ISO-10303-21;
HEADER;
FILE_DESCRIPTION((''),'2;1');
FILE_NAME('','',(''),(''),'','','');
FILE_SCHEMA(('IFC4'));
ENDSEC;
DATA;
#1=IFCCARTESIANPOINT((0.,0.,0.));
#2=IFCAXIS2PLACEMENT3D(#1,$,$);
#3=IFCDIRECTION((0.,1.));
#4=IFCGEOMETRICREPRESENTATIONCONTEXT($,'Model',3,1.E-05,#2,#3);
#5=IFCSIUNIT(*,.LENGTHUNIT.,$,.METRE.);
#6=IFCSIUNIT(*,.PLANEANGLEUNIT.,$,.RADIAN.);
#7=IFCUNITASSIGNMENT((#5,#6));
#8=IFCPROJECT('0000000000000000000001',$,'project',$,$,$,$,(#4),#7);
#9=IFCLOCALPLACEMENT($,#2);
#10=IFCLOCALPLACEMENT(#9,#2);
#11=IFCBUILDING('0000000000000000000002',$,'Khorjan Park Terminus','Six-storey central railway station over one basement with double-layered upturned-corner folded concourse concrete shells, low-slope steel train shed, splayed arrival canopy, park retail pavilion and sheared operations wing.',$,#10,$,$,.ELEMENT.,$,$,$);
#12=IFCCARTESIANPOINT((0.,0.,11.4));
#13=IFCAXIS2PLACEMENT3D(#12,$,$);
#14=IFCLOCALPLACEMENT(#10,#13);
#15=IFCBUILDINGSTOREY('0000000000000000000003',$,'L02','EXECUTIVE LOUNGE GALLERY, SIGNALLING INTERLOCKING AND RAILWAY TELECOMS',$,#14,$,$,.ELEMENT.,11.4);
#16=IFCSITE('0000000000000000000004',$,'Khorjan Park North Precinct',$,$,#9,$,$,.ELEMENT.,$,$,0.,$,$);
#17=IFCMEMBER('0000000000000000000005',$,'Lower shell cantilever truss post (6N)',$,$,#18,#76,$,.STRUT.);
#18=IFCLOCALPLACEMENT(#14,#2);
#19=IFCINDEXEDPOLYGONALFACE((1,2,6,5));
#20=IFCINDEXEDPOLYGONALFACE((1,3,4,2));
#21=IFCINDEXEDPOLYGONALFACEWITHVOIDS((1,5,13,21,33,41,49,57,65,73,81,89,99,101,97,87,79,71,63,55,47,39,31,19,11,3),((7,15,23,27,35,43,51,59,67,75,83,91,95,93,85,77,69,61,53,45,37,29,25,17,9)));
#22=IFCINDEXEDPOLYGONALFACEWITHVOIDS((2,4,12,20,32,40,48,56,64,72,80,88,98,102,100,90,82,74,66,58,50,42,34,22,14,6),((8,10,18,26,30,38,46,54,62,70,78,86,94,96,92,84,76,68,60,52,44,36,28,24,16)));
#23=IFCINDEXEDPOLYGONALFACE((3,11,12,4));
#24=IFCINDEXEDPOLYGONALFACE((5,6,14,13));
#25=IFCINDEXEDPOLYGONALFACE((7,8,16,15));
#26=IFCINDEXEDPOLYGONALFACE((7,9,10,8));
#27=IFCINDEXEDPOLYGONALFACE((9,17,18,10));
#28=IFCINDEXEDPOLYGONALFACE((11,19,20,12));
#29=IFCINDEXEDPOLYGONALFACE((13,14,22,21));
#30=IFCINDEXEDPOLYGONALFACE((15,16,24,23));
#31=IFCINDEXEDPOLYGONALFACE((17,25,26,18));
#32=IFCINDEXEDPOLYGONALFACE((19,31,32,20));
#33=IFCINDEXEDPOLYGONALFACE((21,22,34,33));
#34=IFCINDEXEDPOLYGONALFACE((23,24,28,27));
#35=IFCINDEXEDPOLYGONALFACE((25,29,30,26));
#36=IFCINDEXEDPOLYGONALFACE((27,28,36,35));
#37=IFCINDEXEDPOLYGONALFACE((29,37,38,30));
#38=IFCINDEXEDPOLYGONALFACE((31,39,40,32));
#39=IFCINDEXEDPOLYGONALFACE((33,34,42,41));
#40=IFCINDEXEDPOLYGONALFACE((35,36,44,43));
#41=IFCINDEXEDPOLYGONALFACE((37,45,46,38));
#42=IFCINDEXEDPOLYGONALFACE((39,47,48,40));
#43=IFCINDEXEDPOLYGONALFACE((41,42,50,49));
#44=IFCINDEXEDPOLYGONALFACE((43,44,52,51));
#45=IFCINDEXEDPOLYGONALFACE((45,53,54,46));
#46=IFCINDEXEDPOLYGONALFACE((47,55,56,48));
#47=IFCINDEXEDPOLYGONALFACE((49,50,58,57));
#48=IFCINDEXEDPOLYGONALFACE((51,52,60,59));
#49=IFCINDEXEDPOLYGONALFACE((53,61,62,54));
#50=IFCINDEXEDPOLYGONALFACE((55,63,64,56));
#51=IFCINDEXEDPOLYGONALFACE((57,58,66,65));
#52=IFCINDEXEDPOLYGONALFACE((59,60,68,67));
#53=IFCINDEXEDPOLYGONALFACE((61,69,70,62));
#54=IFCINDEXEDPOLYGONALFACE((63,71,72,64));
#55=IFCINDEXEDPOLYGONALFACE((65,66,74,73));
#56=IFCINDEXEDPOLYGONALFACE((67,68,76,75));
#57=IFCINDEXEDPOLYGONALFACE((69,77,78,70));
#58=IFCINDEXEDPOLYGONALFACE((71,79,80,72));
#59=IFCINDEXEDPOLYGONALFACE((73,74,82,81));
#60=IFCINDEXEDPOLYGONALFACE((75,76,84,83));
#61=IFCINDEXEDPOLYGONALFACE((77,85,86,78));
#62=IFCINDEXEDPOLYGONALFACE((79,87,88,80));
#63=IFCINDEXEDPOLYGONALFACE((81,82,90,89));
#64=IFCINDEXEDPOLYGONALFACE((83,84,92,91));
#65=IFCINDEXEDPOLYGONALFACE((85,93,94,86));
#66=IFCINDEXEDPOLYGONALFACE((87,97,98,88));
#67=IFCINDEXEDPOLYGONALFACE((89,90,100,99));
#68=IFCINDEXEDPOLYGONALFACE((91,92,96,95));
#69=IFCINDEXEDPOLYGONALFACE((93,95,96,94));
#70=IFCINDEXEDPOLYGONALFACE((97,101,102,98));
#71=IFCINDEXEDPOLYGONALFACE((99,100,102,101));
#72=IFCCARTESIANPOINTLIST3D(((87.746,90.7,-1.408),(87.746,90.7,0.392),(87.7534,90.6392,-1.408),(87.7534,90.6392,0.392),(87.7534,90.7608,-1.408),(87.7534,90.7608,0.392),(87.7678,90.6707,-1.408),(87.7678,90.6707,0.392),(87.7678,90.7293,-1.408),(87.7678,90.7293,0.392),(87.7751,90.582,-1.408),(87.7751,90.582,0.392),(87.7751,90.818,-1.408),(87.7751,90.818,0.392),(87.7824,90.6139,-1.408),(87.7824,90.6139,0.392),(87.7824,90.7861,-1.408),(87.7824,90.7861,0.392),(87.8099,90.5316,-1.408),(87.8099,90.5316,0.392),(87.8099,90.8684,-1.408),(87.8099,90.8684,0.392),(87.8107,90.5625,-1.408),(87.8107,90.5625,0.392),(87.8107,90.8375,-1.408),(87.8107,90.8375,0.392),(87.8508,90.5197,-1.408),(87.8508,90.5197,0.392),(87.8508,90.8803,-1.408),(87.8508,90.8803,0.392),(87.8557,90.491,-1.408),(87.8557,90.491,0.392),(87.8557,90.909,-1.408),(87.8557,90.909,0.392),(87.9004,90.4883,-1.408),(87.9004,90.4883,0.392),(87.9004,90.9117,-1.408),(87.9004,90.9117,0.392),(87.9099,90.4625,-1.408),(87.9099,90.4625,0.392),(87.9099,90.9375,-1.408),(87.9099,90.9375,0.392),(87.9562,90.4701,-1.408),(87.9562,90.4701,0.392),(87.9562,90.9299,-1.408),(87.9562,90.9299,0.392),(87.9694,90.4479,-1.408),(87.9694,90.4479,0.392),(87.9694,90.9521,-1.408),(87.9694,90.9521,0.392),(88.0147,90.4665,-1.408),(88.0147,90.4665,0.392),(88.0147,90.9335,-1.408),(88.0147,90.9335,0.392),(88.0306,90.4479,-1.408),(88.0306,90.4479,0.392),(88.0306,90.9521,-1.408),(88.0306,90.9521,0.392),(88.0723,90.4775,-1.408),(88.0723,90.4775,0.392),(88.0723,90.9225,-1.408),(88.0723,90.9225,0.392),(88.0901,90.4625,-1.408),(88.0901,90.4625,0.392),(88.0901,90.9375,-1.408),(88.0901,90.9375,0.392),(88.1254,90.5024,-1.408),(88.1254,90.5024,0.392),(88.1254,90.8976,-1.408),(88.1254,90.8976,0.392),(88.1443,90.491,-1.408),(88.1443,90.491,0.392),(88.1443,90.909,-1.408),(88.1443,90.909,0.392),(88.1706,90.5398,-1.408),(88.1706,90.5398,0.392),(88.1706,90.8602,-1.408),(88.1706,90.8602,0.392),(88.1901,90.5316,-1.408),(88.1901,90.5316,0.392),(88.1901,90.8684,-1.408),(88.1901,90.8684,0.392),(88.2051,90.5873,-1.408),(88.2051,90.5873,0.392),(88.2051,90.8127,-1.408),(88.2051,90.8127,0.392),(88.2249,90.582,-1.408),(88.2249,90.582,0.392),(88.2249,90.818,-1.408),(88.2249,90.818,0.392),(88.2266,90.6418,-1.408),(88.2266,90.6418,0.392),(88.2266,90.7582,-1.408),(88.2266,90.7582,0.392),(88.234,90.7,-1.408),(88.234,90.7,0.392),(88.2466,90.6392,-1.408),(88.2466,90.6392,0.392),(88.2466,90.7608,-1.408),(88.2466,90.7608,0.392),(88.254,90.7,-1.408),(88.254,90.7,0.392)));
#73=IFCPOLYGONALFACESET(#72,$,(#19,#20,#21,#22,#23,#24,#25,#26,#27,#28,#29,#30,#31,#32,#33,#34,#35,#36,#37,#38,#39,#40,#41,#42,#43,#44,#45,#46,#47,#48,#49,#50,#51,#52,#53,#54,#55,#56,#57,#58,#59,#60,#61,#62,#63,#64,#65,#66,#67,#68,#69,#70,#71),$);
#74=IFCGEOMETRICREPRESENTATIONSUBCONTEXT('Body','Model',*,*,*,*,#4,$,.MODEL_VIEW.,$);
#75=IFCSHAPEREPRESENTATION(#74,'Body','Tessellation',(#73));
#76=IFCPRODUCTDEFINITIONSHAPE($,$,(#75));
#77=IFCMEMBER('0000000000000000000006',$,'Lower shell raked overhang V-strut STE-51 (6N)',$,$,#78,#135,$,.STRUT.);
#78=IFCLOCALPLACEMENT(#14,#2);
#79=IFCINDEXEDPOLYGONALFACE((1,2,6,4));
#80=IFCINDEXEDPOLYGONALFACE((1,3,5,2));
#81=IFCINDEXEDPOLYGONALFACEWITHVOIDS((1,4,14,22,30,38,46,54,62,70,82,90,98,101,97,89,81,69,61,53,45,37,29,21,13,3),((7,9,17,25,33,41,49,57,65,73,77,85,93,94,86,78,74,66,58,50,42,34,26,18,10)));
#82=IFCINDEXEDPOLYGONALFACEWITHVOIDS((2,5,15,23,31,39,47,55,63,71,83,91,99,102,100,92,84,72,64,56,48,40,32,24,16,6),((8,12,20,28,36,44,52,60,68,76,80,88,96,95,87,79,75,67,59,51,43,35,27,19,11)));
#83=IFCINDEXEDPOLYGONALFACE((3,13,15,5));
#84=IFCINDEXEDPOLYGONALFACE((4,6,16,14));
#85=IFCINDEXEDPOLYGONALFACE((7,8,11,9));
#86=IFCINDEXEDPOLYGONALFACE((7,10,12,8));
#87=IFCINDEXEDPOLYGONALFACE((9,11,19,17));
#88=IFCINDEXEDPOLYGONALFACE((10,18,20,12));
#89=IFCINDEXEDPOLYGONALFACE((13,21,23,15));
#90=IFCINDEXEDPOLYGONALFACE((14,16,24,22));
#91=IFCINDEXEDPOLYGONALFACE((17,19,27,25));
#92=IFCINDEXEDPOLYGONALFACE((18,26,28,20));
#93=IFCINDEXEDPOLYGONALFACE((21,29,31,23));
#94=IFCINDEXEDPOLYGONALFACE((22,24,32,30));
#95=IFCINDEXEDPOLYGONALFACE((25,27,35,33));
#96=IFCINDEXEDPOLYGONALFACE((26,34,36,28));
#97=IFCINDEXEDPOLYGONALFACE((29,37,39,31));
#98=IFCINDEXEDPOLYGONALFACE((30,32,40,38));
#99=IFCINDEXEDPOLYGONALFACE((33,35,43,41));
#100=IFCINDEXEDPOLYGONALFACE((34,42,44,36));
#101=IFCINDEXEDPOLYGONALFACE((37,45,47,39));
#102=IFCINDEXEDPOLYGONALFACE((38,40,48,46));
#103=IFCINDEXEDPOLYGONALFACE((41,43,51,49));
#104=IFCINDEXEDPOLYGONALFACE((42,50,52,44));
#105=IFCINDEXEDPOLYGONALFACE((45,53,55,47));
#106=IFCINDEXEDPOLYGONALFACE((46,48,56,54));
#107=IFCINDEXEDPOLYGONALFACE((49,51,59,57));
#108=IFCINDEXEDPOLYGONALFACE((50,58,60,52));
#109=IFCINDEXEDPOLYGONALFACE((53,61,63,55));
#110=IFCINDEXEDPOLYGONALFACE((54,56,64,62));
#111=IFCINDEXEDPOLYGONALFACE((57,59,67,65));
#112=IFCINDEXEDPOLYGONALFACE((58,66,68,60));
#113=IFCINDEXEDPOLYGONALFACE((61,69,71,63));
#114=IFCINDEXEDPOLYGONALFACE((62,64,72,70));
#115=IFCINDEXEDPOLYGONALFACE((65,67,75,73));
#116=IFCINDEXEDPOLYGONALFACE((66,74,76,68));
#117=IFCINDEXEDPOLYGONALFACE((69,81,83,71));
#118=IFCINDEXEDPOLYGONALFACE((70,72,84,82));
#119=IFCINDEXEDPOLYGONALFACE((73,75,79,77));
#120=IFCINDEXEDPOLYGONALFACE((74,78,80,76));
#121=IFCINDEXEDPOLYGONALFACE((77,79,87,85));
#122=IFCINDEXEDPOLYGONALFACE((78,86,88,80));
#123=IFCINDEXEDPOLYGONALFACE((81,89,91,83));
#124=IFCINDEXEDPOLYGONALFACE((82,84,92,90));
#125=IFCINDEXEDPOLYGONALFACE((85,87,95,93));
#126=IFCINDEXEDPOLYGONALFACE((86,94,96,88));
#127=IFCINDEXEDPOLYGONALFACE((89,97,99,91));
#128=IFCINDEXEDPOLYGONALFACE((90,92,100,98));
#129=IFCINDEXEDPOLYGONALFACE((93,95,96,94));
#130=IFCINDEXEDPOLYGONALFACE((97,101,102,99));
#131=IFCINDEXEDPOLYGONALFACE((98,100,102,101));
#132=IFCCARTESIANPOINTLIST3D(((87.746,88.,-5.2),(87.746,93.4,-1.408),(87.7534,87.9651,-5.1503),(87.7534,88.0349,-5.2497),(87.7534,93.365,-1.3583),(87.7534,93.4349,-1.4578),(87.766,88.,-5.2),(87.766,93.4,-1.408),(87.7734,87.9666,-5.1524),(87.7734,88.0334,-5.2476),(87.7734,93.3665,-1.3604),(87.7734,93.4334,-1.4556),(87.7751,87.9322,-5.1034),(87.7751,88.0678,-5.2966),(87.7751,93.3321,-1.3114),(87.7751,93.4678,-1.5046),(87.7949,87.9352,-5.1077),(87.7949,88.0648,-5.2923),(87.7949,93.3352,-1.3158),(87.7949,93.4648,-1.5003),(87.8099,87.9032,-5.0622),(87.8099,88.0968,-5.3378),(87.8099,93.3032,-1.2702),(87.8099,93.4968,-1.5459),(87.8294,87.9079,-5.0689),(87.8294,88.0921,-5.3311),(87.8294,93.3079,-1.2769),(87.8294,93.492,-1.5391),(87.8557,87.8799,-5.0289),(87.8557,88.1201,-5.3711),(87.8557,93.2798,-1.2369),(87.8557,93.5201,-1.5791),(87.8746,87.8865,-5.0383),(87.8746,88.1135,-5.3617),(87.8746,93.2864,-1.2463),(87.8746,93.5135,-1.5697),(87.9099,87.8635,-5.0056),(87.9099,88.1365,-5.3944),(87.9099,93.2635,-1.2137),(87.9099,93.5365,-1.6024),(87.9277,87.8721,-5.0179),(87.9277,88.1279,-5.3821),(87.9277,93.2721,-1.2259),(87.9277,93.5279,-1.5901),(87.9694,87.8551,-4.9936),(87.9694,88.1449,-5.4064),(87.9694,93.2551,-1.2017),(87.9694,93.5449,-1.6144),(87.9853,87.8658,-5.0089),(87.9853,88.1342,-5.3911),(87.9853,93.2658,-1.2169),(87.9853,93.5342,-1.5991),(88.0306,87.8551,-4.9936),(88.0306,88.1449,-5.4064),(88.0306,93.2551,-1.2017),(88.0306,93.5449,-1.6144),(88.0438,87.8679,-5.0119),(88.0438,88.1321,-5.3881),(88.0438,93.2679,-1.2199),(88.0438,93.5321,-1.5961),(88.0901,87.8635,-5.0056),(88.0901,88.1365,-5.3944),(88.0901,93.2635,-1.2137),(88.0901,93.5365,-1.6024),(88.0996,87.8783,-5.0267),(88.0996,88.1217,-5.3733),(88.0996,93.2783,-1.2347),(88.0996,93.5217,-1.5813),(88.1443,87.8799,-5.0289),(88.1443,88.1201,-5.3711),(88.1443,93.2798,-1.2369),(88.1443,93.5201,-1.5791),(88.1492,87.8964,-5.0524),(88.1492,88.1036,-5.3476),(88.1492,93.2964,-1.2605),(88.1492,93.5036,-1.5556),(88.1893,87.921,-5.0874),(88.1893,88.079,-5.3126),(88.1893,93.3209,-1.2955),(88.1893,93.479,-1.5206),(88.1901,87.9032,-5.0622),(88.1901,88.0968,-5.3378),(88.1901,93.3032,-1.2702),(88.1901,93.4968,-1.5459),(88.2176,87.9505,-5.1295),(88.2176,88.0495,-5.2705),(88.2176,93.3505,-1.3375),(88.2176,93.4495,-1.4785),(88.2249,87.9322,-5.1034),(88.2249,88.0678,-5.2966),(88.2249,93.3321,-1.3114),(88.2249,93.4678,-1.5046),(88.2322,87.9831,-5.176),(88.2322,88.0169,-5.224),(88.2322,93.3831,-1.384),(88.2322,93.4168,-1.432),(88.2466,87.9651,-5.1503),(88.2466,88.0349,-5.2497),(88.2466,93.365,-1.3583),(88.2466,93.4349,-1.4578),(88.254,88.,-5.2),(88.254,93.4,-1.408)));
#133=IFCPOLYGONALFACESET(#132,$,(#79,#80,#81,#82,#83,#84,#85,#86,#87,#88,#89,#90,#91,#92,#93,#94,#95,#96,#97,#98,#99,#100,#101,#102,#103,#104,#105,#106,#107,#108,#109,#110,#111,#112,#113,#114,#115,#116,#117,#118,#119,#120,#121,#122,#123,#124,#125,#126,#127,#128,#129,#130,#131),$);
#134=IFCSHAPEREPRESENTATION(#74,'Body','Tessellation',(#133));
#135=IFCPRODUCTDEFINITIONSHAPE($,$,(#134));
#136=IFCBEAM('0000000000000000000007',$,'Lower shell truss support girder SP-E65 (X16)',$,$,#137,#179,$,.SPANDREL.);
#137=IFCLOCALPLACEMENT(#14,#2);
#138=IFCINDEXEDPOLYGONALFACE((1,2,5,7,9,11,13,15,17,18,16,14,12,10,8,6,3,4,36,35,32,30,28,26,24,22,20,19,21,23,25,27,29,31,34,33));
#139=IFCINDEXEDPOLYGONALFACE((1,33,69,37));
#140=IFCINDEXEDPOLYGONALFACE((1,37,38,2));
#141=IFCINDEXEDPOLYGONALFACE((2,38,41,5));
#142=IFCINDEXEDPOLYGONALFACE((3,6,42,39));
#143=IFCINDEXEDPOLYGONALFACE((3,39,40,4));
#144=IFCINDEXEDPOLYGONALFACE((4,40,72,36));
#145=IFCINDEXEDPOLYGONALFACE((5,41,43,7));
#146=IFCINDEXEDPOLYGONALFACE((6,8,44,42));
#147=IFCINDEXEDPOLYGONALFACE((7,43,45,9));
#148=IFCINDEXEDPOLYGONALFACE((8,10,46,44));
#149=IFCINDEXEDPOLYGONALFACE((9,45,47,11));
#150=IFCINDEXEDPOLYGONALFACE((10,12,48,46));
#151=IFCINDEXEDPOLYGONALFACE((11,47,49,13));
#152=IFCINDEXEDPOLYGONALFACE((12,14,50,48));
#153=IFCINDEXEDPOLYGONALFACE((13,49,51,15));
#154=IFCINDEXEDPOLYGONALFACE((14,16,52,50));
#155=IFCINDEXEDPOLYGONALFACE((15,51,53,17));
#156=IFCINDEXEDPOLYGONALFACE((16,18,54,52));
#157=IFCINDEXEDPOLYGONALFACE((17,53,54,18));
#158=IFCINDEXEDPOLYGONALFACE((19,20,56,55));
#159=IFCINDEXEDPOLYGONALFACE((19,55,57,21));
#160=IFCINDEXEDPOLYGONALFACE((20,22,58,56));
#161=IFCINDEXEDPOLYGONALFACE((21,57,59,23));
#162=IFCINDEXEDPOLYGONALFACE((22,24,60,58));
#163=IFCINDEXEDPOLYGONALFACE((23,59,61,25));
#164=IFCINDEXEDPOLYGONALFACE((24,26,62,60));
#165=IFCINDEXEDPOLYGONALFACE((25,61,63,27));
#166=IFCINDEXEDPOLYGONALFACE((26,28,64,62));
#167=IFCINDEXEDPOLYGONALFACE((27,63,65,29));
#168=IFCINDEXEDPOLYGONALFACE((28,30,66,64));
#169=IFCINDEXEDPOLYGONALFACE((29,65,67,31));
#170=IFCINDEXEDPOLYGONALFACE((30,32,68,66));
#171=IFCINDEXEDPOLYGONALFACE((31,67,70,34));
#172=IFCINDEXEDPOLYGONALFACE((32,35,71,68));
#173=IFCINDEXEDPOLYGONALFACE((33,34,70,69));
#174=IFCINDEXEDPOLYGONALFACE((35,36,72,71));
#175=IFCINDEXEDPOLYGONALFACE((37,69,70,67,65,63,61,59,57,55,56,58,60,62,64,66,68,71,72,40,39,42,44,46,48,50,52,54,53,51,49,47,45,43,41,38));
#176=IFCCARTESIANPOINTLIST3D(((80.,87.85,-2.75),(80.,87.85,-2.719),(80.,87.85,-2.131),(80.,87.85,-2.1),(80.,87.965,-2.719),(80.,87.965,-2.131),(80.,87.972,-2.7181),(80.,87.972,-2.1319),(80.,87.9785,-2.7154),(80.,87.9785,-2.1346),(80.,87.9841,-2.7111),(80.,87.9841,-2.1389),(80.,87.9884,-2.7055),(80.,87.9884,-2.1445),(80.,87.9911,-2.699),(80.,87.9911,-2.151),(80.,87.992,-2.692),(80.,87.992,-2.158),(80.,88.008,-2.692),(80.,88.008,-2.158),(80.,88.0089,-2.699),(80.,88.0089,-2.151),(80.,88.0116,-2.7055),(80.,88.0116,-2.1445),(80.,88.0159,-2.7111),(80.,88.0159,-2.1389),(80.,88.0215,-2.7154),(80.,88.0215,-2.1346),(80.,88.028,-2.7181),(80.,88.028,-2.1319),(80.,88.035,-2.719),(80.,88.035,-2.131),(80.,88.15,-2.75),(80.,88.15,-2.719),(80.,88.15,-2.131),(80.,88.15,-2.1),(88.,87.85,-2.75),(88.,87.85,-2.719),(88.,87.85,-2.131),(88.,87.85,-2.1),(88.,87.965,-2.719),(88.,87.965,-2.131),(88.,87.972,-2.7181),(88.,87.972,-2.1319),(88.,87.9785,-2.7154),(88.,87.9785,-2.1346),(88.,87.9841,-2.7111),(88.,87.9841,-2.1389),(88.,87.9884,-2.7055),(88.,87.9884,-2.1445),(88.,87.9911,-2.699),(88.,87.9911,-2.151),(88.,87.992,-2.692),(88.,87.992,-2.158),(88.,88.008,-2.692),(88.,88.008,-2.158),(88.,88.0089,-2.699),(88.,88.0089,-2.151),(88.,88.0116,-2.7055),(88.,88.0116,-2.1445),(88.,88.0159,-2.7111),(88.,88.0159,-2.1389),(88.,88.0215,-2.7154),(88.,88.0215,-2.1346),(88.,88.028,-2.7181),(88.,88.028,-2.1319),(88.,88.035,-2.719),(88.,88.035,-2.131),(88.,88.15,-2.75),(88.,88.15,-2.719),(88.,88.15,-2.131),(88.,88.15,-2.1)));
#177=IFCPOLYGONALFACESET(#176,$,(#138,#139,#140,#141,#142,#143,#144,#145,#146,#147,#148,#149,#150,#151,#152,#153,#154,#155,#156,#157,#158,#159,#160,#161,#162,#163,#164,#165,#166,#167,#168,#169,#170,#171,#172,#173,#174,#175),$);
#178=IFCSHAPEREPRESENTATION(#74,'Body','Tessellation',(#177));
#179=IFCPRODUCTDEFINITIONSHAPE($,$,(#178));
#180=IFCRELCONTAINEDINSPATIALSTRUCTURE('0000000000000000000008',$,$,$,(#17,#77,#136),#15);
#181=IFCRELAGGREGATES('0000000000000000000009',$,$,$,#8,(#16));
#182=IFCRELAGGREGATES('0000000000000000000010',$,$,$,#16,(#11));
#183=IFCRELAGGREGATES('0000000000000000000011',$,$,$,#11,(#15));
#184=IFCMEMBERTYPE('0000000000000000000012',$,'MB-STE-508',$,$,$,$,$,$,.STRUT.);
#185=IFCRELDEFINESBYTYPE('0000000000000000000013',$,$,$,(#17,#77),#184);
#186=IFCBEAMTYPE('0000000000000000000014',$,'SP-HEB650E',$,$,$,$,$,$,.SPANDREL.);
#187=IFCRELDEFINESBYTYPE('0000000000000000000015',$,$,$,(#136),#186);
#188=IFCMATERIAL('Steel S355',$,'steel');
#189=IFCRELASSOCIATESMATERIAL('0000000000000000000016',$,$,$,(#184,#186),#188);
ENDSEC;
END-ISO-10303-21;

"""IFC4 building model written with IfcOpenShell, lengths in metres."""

from ifc_helpers import new_model, si_unit, direction, frame, origin, origin_2d, place, context, subcontext, project, spatial, hollow_circle, i_section, extrude, material, material_profile, profile_set, type_object, element, save


model = new_model("IFC4")

# Units and contexts
model_context = context("Model", 3, precision=1e-05, world=origin(), true_north=direction((0.0, 1.0)))
body_context = subcontext(model_context, "Body", "Model", "MODEL_VIEW")
ifc_project = project(units=[si_unit("LENGTHUNIT", "METRE"), si_unit("PLANEANGLEUNIT", "RADIAN")], contexts=[model_context])

# Site, building, storey
site_placement = place(None, origin())
site = spatial("IfcSite", under=ifc_project, at=site_placement, Name="Khorjan Park North Precinct", CompositionType="ELEMENT", RefElevation=0.0)
building_placement = place(site_placement, origin())
building = spatial("IfcBuilding", under=site, at=building_placement, Name="Khorjan Park Terminus", Description="Six-storey central railway station over one basement with double-layered upturned-corner folded concourse concrete shells, low-slope steel train shed, splayed arrival canopy, park retail pavilion and sheared operations wing.", CompositionType="ELEMENT")
storey_placement = place(building_placement, frame((0.0, 0.0, 11.4)))
storey = spatial("IfcBuildingStorey", under=building, at=storey_placement, Name="L02", Description="EXECUTIVE LOUNGE GALLERY, SIGNALLING INTERLOCKING AND RAILWAY TELECOMS", CompositionType="ELEMENT", Elevation=11.4)

# Members
ifc_material_1 = material(Name="Steel S355", Category="steel")
ifc_material_profile_1 = material_profile(ifc_material_1, hollow_circle(Radius=0.254, WallThickness=0.02, at=origin_2d()), Name="CHS 508x20")
ifc_profile_set_1 = profile_set([ifc_material_profile_1], Name="Steel S355")
member_type_1 = type_object("IfcMemberType", Name="MB-STE-508", PredefinedType="STRUT", material=ifc_profile_set_1)
member_1_placement = place(storey_placement, frame((88.0, 90.7, -1.408), z_axis=(0.0, 0.0, 1.0), x_axis=(1.0, 0.0, 0.0)))
element("IfcMember", 1, at=member_1_placement, inside=storey, type_object=member_type_1, Name="Lower shell cantilever truss post (6N)", PredefinedType="STRUT", context=body_context, shape_type="SweptSolid", body=[
    extrude(hollow_circle(Radius=0.254, WallThickness=0.02, at=origin_2d()), origin(), (0.0, 0.0, 1.0), 1.8),
])
member_2_placement = place(storey_placement, frame((88.0, 88.0, -5.2), z_axis=(0.0, 0.818377, 0.574682), x_axis=(-1.0, 0.0, 0.0)))
element("IfcMember", 2, at=member_2_placement, inside=storey, type_object=member_type_1, Name="Lower shell raked overhang V-strut STE-51 (6N)", PredefinedType="STRUT", context=body_context, shape_type="SweptSolid", body=[
    extrude(hollow_circle(Radius=0.254, WallThickness=0.02, at=origin_2d()), origin(), (0.0, 0.0, 1.0), 6.5984),
])

# Beam
ifc_material_profile_2 = material_profile(ifc_material_1, i_section(OverallWidth=0.3, OverallDepth=0.65, WebThickness=0.016, FlangeThickness=0.031, FilletRadius=0.027, at=origin_2d()), Name="HEB 650")
ifc_profile_set_2 = profile_set([ifc_material_profile_2], Name="Steel S355")
beam_type_1 = type_object("IfcBeamType", Name="SP-HEB650E", PredefinedType="SPANDREL", material=ifc_profile_set_2)
for number, where, z_axis, x_axis, name in (
    (3, (80.0, 88.0, -2.425), (1.0, 0.0, 0.0), (0.0, 1.0, 0.0), "Lower shell truss support girder SP-E65 (X16)"),
):
    element("IfcBeam", number, at=place(storey_placement, frame(where, z_axis=z_axis, x_axis=x_axis)), inside=storey, type_object=beam_type_1, Name=name, PredefinedType="SPANDREL", context=body_context, shape_type="SweptSolid", body=[
        extrude(i_section(OverallWidth=0.3, OverallDepth=0.65, WebThickness=0.016, FlangeThickness=0.031, FilletRadius=0.027, at=origin_2d()), origin(), (0.0, 0.0, 1.0), 8.0),
    ])

save(model, "model.ifc")
